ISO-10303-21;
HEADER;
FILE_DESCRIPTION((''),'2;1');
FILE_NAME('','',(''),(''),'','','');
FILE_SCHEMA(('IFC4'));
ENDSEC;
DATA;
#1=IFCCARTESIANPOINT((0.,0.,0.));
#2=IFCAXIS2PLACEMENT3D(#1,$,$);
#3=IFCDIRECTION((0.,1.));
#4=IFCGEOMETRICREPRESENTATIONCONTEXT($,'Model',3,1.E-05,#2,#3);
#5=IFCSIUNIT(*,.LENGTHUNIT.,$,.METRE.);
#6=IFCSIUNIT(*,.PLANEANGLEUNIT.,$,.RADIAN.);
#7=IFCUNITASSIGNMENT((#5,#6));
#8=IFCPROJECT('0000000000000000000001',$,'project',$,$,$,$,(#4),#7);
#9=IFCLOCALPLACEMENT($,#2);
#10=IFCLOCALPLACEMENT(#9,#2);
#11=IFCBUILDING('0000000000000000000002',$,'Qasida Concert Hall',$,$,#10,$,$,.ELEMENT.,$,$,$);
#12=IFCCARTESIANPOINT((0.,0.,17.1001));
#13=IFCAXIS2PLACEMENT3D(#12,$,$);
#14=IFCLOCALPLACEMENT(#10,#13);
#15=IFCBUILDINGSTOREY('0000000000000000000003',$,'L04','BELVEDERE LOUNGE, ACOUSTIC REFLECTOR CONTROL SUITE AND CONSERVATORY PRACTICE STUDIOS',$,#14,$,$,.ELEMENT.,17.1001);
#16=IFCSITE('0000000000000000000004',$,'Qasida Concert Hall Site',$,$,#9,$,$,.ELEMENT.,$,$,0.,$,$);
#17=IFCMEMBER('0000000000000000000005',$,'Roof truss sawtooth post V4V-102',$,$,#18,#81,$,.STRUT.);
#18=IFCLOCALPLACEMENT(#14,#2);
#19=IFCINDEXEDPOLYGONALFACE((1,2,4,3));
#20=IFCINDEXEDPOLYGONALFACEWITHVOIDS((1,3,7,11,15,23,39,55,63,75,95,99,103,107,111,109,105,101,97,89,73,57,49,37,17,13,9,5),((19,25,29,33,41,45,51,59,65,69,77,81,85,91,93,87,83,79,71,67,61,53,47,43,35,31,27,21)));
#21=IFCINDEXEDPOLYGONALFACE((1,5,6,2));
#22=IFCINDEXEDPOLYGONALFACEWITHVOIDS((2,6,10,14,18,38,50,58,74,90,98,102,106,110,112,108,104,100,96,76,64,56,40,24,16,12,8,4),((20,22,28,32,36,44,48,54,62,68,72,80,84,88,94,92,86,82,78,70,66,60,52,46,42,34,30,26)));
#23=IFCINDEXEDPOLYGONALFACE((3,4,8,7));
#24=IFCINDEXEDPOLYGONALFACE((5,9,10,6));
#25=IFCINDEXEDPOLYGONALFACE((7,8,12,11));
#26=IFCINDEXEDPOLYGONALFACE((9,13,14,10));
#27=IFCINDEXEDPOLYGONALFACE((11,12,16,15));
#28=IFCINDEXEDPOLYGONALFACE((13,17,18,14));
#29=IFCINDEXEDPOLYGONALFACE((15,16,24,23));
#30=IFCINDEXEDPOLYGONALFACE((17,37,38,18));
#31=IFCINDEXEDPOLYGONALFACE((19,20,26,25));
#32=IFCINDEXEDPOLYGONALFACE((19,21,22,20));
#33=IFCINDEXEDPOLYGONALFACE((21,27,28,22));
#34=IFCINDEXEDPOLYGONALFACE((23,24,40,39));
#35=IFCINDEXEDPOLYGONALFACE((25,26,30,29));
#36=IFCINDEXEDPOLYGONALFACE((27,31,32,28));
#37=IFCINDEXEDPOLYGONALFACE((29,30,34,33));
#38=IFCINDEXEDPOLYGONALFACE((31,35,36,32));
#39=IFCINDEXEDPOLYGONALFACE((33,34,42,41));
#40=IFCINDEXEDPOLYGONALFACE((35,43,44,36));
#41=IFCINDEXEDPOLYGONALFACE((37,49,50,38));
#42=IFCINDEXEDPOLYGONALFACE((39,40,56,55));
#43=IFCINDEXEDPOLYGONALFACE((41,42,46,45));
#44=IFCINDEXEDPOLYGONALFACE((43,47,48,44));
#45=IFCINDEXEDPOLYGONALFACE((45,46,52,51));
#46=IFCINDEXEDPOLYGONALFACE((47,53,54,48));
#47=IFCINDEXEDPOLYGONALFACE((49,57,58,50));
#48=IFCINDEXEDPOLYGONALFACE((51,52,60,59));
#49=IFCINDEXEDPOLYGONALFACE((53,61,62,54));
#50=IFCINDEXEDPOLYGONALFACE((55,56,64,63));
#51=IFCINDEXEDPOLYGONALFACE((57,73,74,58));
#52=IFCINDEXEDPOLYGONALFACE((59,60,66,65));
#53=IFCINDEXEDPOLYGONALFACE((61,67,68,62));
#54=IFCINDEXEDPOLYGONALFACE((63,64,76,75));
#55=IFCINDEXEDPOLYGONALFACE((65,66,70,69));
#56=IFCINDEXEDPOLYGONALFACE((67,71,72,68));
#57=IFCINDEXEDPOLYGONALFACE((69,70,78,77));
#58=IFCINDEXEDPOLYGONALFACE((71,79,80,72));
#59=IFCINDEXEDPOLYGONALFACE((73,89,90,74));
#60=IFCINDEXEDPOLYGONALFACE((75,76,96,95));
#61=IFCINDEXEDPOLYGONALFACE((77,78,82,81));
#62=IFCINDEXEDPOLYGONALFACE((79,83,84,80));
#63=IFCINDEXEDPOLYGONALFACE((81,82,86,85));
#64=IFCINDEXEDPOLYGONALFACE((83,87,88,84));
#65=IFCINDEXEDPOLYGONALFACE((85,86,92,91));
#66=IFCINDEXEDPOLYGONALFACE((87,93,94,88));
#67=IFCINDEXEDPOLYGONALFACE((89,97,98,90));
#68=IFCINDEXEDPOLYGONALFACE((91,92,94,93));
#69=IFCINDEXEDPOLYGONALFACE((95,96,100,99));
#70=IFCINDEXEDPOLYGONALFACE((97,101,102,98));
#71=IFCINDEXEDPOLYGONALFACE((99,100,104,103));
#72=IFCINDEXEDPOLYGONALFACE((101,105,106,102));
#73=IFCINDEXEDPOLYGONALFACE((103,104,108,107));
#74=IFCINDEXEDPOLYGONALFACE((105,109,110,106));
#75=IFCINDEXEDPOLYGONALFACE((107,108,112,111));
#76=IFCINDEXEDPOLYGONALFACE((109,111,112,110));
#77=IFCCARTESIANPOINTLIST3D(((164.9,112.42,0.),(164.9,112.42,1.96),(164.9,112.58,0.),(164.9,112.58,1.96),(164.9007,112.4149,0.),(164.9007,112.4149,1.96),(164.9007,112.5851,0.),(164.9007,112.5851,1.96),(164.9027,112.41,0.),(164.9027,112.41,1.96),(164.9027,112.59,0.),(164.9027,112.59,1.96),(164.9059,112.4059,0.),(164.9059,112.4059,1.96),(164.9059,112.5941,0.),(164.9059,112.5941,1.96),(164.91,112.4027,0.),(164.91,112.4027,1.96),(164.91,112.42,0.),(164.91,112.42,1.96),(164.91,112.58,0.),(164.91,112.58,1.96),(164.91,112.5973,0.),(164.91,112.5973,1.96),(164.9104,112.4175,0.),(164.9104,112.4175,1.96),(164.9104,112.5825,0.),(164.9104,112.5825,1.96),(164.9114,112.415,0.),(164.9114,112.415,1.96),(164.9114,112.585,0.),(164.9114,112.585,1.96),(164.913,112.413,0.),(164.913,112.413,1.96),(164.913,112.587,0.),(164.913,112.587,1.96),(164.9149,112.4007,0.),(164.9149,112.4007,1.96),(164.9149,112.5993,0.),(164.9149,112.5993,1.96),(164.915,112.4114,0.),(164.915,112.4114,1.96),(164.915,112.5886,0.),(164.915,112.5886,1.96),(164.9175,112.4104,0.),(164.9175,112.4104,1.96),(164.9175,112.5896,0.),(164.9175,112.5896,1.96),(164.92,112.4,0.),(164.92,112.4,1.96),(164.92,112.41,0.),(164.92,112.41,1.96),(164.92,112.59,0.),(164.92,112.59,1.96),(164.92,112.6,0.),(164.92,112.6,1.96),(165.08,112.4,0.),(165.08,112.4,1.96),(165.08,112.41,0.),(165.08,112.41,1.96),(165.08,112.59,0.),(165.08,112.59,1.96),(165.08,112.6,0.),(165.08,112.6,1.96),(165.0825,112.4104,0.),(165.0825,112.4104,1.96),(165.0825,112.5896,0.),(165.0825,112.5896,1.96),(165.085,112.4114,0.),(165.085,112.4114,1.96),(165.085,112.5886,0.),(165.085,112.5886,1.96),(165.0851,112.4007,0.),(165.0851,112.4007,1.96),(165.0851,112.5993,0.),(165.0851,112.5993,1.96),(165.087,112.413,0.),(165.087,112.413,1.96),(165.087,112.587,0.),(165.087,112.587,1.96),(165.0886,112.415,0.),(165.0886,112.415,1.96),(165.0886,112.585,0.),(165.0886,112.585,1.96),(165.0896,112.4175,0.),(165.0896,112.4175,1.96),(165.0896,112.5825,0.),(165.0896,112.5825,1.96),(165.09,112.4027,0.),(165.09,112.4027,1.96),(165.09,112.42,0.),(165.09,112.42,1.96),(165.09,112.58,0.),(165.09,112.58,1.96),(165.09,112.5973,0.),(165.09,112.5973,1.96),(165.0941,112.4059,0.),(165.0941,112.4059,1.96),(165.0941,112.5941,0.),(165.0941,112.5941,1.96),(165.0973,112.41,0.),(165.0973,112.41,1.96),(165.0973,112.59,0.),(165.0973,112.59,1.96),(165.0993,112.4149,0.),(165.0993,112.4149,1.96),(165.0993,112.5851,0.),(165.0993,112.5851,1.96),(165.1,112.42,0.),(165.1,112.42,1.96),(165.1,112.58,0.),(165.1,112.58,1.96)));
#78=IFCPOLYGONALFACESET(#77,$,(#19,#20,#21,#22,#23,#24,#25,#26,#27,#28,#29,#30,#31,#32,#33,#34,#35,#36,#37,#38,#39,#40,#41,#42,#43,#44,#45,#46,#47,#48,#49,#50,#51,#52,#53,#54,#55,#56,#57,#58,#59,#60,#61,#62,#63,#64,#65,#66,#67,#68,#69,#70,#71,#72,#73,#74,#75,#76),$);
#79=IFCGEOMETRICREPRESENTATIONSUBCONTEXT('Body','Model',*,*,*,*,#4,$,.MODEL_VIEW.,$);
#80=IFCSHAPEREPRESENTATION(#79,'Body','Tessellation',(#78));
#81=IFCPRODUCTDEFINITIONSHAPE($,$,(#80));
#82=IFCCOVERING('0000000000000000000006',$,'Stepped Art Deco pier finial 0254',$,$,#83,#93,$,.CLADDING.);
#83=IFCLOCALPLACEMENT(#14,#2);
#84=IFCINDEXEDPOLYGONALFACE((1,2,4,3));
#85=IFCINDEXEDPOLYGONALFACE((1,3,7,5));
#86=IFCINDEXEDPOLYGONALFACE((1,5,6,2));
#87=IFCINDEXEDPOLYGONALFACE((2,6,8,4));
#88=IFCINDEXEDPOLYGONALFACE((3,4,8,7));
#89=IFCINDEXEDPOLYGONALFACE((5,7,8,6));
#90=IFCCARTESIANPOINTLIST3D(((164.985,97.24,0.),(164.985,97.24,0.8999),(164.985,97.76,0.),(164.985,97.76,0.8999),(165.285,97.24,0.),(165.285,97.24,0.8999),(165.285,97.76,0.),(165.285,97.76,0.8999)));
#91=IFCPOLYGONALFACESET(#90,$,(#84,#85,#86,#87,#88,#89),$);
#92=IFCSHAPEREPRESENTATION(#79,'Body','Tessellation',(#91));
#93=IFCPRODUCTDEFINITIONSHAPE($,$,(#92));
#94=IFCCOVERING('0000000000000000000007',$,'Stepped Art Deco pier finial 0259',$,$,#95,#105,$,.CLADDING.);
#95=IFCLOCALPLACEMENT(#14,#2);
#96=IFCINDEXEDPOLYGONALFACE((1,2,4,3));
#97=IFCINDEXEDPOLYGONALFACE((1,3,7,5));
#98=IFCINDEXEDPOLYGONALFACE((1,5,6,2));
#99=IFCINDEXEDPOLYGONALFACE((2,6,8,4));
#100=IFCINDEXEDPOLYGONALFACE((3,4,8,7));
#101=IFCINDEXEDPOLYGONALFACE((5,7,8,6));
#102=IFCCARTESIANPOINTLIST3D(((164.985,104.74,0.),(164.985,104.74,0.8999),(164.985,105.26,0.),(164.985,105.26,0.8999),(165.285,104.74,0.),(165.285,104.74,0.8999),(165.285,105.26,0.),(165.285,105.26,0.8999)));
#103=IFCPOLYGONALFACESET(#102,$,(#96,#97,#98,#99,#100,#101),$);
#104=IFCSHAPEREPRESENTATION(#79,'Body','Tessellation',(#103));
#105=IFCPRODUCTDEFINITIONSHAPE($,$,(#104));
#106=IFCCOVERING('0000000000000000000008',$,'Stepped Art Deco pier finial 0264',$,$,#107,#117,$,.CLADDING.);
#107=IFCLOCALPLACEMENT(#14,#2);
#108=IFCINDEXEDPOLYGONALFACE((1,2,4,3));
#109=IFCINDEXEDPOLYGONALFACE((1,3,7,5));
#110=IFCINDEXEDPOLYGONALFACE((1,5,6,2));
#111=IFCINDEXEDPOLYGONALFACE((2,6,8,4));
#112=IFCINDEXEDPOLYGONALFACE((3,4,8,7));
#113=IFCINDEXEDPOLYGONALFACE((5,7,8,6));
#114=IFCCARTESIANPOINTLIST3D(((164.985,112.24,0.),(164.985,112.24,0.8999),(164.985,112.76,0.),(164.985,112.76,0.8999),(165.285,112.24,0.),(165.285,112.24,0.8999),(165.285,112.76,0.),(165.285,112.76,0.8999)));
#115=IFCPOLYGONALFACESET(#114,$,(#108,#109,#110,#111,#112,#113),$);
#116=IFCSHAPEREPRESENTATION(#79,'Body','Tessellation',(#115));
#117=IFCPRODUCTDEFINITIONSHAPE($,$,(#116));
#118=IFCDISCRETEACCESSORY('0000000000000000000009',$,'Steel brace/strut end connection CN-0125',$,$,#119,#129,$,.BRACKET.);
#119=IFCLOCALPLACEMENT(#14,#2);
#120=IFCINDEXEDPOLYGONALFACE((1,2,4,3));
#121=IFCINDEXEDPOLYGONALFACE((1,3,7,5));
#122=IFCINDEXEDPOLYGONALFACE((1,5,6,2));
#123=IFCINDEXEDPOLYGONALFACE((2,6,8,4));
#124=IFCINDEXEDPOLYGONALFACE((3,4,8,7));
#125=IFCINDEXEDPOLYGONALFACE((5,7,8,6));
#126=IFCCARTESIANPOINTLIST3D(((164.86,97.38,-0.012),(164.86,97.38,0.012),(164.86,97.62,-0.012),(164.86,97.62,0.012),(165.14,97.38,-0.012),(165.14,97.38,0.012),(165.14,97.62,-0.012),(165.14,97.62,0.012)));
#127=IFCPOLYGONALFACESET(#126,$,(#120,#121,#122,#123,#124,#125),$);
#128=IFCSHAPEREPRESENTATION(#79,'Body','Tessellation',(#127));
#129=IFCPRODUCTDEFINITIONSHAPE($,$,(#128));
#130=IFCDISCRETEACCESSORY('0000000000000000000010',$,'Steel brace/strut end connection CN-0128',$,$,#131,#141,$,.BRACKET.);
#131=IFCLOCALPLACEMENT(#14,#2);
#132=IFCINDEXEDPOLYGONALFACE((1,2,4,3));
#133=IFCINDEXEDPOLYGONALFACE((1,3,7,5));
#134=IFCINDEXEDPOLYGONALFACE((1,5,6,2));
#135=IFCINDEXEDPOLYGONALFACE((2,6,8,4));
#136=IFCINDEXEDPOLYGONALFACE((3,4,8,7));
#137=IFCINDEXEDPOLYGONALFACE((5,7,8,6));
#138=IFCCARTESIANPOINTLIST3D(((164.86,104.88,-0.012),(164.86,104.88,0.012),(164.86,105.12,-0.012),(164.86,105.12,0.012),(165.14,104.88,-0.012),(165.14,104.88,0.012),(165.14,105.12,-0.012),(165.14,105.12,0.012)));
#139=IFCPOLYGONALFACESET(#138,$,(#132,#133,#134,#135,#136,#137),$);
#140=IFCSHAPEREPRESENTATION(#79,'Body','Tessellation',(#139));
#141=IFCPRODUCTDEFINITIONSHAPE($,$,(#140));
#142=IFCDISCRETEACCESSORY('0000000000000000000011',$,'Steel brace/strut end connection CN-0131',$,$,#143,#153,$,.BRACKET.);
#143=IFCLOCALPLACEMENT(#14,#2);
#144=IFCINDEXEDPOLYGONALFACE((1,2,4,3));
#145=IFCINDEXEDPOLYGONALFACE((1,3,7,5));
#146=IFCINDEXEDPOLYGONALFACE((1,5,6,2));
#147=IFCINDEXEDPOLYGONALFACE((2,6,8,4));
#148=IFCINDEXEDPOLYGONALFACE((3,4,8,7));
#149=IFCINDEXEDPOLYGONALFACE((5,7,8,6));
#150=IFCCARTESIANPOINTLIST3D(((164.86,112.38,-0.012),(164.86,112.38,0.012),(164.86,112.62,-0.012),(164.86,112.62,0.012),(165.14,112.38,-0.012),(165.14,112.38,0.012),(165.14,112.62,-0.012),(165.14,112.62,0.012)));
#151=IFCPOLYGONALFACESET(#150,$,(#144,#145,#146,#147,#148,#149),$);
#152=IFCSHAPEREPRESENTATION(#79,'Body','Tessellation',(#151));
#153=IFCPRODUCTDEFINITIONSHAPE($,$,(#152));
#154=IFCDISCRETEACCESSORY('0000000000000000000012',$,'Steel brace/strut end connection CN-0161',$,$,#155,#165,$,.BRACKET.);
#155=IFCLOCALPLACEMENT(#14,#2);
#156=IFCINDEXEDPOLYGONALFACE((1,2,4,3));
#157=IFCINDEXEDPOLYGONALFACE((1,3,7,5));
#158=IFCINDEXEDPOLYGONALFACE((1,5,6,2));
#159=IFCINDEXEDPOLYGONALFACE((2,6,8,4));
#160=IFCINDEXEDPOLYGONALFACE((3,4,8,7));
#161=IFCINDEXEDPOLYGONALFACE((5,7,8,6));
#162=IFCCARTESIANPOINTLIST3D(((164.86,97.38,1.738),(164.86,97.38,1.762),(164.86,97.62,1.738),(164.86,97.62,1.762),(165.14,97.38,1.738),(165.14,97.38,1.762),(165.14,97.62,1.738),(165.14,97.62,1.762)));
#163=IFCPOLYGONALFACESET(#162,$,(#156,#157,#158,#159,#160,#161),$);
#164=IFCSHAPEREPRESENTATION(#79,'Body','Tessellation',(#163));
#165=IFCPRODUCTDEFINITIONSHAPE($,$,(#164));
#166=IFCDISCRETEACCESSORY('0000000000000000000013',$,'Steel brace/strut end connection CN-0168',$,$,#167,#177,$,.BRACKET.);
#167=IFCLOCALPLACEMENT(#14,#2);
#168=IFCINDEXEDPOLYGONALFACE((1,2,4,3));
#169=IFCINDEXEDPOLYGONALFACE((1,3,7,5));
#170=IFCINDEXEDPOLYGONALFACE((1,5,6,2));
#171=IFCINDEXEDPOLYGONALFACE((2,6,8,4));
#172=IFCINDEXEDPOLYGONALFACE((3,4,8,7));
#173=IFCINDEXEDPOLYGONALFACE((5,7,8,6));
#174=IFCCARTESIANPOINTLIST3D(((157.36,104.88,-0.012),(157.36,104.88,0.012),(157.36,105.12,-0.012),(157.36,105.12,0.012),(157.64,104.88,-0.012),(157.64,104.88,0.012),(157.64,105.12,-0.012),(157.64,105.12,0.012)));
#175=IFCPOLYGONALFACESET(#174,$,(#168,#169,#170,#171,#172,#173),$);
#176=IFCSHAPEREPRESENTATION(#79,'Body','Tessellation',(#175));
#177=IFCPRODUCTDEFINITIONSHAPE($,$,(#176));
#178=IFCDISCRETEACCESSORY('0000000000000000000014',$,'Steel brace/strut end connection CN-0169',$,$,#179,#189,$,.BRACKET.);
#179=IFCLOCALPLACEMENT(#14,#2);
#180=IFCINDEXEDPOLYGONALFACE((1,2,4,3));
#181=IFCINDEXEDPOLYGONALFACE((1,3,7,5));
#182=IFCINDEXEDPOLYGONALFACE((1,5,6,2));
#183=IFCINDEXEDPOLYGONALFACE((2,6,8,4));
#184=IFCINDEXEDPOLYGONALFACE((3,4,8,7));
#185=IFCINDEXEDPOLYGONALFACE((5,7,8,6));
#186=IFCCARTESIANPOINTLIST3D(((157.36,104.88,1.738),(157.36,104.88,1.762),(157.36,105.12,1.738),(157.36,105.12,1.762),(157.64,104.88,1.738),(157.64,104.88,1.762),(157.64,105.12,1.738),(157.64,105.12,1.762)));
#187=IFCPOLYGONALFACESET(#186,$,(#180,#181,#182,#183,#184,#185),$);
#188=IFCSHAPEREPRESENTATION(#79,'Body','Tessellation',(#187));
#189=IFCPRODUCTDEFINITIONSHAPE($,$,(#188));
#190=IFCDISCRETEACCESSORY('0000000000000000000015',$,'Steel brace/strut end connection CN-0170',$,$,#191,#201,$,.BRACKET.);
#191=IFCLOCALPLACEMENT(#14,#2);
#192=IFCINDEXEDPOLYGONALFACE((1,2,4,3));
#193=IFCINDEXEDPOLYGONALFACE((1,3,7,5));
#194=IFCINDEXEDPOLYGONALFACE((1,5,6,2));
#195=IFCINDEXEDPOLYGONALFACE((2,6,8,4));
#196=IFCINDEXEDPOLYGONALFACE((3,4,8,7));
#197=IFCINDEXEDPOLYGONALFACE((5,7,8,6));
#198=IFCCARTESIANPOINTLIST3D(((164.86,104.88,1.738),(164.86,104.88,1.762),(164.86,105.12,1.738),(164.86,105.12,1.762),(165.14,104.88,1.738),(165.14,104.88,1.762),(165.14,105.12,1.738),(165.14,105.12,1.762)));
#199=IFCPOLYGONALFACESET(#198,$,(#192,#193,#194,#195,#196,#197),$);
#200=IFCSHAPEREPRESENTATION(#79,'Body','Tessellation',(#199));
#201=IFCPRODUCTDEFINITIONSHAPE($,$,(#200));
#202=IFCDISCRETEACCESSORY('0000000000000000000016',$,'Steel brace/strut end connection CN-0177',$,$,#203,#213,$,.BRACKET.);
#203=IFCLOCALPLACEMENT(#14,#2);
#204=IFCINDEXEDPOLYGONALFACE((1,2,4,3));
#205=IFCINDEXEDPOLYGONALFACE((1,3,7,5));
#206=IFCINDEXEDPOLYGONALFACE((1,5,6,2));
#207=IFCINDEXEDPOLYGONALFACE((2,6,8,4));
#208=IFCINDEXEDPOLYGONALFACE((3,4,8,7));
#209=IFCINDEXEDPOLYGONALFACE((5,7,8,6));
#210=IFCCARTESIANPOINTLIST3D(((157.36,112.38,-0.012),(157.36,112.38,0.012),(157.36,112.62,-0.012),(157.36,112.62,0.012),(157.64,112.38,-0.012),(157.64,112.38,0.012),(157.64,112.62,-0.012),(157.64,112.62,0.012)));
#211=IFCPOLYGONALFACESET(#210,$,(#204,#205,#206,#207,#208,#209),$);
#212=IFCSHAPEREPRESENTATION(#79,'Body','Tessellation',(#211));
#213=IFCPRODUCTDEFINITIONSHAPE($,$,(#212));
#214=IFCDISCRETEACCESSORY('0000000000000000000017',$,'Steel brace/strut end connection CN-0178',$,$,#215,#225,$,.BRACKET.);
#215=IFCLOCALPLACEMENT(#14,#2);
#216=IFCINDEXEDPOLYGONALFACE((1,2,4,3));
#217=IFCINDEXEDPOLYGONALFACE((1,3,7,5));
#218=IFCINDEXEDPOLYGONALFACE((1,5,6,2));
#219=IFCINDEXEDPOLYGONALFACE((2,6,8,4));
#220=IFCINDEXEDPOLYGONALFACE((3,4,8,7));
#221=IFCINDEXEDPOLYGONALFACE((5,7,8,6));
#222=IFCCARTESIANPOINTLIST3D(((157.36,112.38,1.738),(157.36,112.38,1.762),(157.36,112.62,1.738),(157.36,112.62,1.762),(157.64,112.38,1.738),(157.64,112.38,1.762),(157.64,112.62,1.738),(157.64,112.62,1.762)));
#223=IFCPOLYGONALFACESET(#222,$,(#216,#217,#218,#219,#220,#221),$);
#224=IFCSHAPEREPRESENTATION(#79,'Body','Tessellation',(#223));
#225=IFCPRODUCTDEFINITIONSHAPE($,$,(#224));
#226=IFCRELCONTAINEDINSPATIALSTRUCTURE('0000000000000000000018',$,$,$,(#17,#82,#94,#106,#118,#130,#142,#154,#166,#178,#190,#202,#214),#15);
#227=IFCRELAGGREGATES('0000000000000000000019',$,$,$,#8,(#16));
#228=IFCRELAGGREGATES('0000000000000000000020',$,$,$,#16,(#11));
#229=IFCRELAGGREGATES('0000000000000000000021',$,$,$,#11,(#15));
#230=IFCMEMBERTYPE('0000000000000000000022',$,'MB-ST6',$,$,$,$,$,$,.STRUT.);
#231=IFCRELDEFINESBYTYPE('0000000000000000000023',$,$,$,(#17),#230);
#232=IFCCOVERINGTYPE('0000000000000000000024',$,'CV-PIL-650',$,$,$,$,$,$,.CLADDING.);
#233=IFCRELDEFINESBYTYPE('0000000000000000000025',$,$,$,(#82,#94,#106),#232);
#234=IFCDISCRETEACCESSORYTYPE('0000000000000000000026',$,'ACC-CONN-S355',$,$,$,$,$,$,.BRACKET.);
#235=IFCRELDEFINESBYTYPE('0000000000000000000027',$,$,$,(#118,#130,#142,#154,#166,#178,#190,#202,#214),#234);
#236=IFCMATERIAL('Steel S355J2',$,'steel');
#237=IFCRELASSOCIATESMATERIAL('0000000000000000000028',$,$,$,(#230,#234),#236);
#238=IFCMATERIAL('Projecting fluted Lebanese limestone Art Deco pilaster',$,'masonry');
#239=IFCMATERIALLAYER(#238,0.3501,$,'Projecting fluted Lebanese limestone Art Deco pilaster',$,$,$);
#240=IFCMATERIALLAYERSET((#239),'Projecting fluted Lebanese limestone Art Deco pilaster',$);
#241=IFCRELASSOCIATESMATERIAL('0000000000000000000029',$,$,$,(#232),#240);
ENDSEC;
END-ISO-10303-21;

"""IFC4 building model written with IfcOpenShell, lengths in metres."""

from ifc_helpers import new_model, si_unit, direction, frame, origin, origin_2d, place, context, subcontext, project, spatial, rectangle, hollow_rectangle, extrude, material, layer, layer_set, material_profile, profile_set, type_object, element, save


model = new_model("IFC4")

# Units and contexts
model_context = context("Model", 3, precision=1e-05, world=origin(), true_north=direction((0.0, 1.0)))
body_context = subcontext(model_context, "Body", "Model", "MODEL_VIEW")
ifc_project = project(units=[si_unit("LENGTHUNIT", "METRE"), si_unit("PLANEANGLEUNIT", "RADIAN")], contexts=[model_context])

# Site, building, storey
site_placement = place(None, origin())
site = spatial("IfcSite", under=ifc_project, at=site_placement, Name="Qasida Concert Hall Site", CompositionType="ELEMENT", RefElevation=0.0)
building_placement = place(site_placement, origin())
building = spatial("IfcBuilding", under=site, at=building_placement, Name="Qasida Concert Hall", CompositionType="ELEMENT")
storey_placement = place(building_placement, frame((0.0, 0.0, 17.1001)))
storey = spatial("IfcBuildingStorey", under=building, at=storey_placement, Name="L04", Description="BELVEDERE LOUNGE, ACOUSTIC REFLECTOR CONTROL SUITE AND CONSERVATORY PRACTICE STUDIOS", CompositionType="ELEMENT", Elevation=17.1001)

# Member
ifc_material_1 = material(Name="Steel S355J2", Category="steel")
ifc_material_profile_1 = material_profile(ifc_material_1, hollow_rectangle(XDim=0.2, YDim=0.2, WallThickness=0.01, InnerFilletRadius=0.01, OuterFilletRadius=0.02, at=origin_2d()), Name="SHS 200x200x10")
ifc_profile_set_1 = profile_set([ifc_material_profile_1], Name="Steel S355J2")
member_type_1 = type_object("IfcMemberType", Name="MB-ST6", PredefinedType="STRUT", material=ifc_profile_set_1)
for number, where, z_axis, x_axis, name in (
    (1, (165.0, 112.5, 0.0), (0.0, 0.0, 1.0), (1.0, 0.0, 0.0), "Roof truss sawtooth post V4V-102"),
):
    element("IfcMember", number, at=place(storey_placement, frame(where, z_axis=z_axis, x_axis=x_axis)), inside=storey, type_object=member_type_1, Name=name, PredefinedType="STRUT", context=body_context, shape_type="SweptSolid", body=[
        extrude(hollow_rectangle(XDim=0.2, YDim=0.2, WallThickness=0.01, InnerFilletRadius=0.01, OuterFilletRadius=0.02, at=origin_2d()), origin(), (0.0, 0.0, 1.0), 1.96),
    ])

# Coverings
ifc_material_2 = material(Name="Projecting fluted Lebanese limestone Art Deco pilaster", Category="masonry")
ifc_layer = layer(ifc_material_2, 0.3501, Name="Projecting fluted Lebanese limestone Art Deco pilaster")
ifc_layer_set = layer_set([ifc_layer], Name="Projecting fluted Lebanese limestone Art Deco pilaster")
covering_type = type_object("IfcCoveringType", Name="CV-PIL-650", PredefinedType="CLADDING", material=ifc_layer_set)
for number, where, z_axis, x_axis, name in (
    (2, (165.135, 97.5, 0.0), (0.0, 0.0, 1.0), (1.0, 0.0, 0.0), "Stepped Art Deco pier finial 0254"),
    (3, (165.135, 105.0, 0.0), (0.0, 0.0, 1.0), (1.0, 0.0, 0.0), "Stepped Art Deco pier finial 0259"),
    (4, (165.135, 112.5, 0.0), (0.0, 0.0, 1.0), (1.0, 0.0, 0.0), "Stepped Art Deco pier finial 0264"),
):
    element("IfcCovering", number, at=place(storey_placement, frame(where, z_axis=z_axis, x_axis=x_axis)), inside=storey, type_object=covering_type, Name=name, PredefinedType="CLADDING", context=body_context, shape_type="SweptSolid", body=[
        extrude(rectangle(XDim=0.3, YDim=0.52, at=origin_2d()), origin(), (0.0, 0.0, 1.0), 0.8999),
    ])

# Discrete accessories
discrete_accessory_type = type_object("IfcDiscreteAccessoryType", Name="ACC-CONN-S355", PredefinedType="BRACKET", material=ifc_material_1)
for number, where, z_axis, x_axis, name in (
    (5, (165.0, 97.5, -0.012), (0.0, 0.0, 1.0), (1.0, 0.0, 0.0), "Steel brace/strut end connection CN-0125"),
    (6, (165.0, 105.0, -0.012), (0.0, 0.0, 1.0), (1.0, 0.0, 0.0), "Steel brace/strut end connection CN-0128"),
    (7, (165.0, 112.5, -0.012), (0.0, 0.0, 1.0), (1.0, 0.0, 0.0), "Steel brace/strut end connection CN-0131"),
    (8, (165.0, 97.5, 1.738), (0.0, 0.0, 1.0), (1.0, 0.0, 0.0), "Steel brace/strut end connection CN-0161"),
    (9, (157.5, 105.0, -0.012), (0.0, 0.0, 1.0), (1.0, 0.0, 0.0), "Steel brace/strut end connection CN-0168"),
    (10, (157.5, 105.0, 1.738), (0.0, 0.0, 1.0), (1.0, 0.0, 0.0), "Steel brace/strut end connection CN-0169"),
    (11, (165.0, 105.0, 1.738), (0.0, 0.0, 1.0), (1.0, 0.0, 0.0), "Steel brace/strut end connection CN-0170"),
    (12, (157.5, 112.5, -0.012), (0.0, 0.0, 1.0), (1.0, 0.0, 0.0), "Steel brace/strut end connection CN-0177"),
    (13, (157.5, 112.5, 1.738), (0.0, 0.0, 1.0), (1.0, 0.0, 0.0), "Steel brace/strut end connection CN-0178"),
):
    element("IfcDiscreteAccessory", number, at=place(storey_placement, frame(where, z_axis=z_axis, x_axis=x_axis)), inside=storey, type_object=discrete_accessory_type, Name=name, PredefinedType="BRACKET", context=body_context, shape_type="SweptSolid", body=[
        extrude(rectangle(XDim=0.28, YDim=0.24, at=origin_2d()), origin(), (0.0, 0.0, 1.0), 0.0239),
    ])

save(model, "model.ifc")
